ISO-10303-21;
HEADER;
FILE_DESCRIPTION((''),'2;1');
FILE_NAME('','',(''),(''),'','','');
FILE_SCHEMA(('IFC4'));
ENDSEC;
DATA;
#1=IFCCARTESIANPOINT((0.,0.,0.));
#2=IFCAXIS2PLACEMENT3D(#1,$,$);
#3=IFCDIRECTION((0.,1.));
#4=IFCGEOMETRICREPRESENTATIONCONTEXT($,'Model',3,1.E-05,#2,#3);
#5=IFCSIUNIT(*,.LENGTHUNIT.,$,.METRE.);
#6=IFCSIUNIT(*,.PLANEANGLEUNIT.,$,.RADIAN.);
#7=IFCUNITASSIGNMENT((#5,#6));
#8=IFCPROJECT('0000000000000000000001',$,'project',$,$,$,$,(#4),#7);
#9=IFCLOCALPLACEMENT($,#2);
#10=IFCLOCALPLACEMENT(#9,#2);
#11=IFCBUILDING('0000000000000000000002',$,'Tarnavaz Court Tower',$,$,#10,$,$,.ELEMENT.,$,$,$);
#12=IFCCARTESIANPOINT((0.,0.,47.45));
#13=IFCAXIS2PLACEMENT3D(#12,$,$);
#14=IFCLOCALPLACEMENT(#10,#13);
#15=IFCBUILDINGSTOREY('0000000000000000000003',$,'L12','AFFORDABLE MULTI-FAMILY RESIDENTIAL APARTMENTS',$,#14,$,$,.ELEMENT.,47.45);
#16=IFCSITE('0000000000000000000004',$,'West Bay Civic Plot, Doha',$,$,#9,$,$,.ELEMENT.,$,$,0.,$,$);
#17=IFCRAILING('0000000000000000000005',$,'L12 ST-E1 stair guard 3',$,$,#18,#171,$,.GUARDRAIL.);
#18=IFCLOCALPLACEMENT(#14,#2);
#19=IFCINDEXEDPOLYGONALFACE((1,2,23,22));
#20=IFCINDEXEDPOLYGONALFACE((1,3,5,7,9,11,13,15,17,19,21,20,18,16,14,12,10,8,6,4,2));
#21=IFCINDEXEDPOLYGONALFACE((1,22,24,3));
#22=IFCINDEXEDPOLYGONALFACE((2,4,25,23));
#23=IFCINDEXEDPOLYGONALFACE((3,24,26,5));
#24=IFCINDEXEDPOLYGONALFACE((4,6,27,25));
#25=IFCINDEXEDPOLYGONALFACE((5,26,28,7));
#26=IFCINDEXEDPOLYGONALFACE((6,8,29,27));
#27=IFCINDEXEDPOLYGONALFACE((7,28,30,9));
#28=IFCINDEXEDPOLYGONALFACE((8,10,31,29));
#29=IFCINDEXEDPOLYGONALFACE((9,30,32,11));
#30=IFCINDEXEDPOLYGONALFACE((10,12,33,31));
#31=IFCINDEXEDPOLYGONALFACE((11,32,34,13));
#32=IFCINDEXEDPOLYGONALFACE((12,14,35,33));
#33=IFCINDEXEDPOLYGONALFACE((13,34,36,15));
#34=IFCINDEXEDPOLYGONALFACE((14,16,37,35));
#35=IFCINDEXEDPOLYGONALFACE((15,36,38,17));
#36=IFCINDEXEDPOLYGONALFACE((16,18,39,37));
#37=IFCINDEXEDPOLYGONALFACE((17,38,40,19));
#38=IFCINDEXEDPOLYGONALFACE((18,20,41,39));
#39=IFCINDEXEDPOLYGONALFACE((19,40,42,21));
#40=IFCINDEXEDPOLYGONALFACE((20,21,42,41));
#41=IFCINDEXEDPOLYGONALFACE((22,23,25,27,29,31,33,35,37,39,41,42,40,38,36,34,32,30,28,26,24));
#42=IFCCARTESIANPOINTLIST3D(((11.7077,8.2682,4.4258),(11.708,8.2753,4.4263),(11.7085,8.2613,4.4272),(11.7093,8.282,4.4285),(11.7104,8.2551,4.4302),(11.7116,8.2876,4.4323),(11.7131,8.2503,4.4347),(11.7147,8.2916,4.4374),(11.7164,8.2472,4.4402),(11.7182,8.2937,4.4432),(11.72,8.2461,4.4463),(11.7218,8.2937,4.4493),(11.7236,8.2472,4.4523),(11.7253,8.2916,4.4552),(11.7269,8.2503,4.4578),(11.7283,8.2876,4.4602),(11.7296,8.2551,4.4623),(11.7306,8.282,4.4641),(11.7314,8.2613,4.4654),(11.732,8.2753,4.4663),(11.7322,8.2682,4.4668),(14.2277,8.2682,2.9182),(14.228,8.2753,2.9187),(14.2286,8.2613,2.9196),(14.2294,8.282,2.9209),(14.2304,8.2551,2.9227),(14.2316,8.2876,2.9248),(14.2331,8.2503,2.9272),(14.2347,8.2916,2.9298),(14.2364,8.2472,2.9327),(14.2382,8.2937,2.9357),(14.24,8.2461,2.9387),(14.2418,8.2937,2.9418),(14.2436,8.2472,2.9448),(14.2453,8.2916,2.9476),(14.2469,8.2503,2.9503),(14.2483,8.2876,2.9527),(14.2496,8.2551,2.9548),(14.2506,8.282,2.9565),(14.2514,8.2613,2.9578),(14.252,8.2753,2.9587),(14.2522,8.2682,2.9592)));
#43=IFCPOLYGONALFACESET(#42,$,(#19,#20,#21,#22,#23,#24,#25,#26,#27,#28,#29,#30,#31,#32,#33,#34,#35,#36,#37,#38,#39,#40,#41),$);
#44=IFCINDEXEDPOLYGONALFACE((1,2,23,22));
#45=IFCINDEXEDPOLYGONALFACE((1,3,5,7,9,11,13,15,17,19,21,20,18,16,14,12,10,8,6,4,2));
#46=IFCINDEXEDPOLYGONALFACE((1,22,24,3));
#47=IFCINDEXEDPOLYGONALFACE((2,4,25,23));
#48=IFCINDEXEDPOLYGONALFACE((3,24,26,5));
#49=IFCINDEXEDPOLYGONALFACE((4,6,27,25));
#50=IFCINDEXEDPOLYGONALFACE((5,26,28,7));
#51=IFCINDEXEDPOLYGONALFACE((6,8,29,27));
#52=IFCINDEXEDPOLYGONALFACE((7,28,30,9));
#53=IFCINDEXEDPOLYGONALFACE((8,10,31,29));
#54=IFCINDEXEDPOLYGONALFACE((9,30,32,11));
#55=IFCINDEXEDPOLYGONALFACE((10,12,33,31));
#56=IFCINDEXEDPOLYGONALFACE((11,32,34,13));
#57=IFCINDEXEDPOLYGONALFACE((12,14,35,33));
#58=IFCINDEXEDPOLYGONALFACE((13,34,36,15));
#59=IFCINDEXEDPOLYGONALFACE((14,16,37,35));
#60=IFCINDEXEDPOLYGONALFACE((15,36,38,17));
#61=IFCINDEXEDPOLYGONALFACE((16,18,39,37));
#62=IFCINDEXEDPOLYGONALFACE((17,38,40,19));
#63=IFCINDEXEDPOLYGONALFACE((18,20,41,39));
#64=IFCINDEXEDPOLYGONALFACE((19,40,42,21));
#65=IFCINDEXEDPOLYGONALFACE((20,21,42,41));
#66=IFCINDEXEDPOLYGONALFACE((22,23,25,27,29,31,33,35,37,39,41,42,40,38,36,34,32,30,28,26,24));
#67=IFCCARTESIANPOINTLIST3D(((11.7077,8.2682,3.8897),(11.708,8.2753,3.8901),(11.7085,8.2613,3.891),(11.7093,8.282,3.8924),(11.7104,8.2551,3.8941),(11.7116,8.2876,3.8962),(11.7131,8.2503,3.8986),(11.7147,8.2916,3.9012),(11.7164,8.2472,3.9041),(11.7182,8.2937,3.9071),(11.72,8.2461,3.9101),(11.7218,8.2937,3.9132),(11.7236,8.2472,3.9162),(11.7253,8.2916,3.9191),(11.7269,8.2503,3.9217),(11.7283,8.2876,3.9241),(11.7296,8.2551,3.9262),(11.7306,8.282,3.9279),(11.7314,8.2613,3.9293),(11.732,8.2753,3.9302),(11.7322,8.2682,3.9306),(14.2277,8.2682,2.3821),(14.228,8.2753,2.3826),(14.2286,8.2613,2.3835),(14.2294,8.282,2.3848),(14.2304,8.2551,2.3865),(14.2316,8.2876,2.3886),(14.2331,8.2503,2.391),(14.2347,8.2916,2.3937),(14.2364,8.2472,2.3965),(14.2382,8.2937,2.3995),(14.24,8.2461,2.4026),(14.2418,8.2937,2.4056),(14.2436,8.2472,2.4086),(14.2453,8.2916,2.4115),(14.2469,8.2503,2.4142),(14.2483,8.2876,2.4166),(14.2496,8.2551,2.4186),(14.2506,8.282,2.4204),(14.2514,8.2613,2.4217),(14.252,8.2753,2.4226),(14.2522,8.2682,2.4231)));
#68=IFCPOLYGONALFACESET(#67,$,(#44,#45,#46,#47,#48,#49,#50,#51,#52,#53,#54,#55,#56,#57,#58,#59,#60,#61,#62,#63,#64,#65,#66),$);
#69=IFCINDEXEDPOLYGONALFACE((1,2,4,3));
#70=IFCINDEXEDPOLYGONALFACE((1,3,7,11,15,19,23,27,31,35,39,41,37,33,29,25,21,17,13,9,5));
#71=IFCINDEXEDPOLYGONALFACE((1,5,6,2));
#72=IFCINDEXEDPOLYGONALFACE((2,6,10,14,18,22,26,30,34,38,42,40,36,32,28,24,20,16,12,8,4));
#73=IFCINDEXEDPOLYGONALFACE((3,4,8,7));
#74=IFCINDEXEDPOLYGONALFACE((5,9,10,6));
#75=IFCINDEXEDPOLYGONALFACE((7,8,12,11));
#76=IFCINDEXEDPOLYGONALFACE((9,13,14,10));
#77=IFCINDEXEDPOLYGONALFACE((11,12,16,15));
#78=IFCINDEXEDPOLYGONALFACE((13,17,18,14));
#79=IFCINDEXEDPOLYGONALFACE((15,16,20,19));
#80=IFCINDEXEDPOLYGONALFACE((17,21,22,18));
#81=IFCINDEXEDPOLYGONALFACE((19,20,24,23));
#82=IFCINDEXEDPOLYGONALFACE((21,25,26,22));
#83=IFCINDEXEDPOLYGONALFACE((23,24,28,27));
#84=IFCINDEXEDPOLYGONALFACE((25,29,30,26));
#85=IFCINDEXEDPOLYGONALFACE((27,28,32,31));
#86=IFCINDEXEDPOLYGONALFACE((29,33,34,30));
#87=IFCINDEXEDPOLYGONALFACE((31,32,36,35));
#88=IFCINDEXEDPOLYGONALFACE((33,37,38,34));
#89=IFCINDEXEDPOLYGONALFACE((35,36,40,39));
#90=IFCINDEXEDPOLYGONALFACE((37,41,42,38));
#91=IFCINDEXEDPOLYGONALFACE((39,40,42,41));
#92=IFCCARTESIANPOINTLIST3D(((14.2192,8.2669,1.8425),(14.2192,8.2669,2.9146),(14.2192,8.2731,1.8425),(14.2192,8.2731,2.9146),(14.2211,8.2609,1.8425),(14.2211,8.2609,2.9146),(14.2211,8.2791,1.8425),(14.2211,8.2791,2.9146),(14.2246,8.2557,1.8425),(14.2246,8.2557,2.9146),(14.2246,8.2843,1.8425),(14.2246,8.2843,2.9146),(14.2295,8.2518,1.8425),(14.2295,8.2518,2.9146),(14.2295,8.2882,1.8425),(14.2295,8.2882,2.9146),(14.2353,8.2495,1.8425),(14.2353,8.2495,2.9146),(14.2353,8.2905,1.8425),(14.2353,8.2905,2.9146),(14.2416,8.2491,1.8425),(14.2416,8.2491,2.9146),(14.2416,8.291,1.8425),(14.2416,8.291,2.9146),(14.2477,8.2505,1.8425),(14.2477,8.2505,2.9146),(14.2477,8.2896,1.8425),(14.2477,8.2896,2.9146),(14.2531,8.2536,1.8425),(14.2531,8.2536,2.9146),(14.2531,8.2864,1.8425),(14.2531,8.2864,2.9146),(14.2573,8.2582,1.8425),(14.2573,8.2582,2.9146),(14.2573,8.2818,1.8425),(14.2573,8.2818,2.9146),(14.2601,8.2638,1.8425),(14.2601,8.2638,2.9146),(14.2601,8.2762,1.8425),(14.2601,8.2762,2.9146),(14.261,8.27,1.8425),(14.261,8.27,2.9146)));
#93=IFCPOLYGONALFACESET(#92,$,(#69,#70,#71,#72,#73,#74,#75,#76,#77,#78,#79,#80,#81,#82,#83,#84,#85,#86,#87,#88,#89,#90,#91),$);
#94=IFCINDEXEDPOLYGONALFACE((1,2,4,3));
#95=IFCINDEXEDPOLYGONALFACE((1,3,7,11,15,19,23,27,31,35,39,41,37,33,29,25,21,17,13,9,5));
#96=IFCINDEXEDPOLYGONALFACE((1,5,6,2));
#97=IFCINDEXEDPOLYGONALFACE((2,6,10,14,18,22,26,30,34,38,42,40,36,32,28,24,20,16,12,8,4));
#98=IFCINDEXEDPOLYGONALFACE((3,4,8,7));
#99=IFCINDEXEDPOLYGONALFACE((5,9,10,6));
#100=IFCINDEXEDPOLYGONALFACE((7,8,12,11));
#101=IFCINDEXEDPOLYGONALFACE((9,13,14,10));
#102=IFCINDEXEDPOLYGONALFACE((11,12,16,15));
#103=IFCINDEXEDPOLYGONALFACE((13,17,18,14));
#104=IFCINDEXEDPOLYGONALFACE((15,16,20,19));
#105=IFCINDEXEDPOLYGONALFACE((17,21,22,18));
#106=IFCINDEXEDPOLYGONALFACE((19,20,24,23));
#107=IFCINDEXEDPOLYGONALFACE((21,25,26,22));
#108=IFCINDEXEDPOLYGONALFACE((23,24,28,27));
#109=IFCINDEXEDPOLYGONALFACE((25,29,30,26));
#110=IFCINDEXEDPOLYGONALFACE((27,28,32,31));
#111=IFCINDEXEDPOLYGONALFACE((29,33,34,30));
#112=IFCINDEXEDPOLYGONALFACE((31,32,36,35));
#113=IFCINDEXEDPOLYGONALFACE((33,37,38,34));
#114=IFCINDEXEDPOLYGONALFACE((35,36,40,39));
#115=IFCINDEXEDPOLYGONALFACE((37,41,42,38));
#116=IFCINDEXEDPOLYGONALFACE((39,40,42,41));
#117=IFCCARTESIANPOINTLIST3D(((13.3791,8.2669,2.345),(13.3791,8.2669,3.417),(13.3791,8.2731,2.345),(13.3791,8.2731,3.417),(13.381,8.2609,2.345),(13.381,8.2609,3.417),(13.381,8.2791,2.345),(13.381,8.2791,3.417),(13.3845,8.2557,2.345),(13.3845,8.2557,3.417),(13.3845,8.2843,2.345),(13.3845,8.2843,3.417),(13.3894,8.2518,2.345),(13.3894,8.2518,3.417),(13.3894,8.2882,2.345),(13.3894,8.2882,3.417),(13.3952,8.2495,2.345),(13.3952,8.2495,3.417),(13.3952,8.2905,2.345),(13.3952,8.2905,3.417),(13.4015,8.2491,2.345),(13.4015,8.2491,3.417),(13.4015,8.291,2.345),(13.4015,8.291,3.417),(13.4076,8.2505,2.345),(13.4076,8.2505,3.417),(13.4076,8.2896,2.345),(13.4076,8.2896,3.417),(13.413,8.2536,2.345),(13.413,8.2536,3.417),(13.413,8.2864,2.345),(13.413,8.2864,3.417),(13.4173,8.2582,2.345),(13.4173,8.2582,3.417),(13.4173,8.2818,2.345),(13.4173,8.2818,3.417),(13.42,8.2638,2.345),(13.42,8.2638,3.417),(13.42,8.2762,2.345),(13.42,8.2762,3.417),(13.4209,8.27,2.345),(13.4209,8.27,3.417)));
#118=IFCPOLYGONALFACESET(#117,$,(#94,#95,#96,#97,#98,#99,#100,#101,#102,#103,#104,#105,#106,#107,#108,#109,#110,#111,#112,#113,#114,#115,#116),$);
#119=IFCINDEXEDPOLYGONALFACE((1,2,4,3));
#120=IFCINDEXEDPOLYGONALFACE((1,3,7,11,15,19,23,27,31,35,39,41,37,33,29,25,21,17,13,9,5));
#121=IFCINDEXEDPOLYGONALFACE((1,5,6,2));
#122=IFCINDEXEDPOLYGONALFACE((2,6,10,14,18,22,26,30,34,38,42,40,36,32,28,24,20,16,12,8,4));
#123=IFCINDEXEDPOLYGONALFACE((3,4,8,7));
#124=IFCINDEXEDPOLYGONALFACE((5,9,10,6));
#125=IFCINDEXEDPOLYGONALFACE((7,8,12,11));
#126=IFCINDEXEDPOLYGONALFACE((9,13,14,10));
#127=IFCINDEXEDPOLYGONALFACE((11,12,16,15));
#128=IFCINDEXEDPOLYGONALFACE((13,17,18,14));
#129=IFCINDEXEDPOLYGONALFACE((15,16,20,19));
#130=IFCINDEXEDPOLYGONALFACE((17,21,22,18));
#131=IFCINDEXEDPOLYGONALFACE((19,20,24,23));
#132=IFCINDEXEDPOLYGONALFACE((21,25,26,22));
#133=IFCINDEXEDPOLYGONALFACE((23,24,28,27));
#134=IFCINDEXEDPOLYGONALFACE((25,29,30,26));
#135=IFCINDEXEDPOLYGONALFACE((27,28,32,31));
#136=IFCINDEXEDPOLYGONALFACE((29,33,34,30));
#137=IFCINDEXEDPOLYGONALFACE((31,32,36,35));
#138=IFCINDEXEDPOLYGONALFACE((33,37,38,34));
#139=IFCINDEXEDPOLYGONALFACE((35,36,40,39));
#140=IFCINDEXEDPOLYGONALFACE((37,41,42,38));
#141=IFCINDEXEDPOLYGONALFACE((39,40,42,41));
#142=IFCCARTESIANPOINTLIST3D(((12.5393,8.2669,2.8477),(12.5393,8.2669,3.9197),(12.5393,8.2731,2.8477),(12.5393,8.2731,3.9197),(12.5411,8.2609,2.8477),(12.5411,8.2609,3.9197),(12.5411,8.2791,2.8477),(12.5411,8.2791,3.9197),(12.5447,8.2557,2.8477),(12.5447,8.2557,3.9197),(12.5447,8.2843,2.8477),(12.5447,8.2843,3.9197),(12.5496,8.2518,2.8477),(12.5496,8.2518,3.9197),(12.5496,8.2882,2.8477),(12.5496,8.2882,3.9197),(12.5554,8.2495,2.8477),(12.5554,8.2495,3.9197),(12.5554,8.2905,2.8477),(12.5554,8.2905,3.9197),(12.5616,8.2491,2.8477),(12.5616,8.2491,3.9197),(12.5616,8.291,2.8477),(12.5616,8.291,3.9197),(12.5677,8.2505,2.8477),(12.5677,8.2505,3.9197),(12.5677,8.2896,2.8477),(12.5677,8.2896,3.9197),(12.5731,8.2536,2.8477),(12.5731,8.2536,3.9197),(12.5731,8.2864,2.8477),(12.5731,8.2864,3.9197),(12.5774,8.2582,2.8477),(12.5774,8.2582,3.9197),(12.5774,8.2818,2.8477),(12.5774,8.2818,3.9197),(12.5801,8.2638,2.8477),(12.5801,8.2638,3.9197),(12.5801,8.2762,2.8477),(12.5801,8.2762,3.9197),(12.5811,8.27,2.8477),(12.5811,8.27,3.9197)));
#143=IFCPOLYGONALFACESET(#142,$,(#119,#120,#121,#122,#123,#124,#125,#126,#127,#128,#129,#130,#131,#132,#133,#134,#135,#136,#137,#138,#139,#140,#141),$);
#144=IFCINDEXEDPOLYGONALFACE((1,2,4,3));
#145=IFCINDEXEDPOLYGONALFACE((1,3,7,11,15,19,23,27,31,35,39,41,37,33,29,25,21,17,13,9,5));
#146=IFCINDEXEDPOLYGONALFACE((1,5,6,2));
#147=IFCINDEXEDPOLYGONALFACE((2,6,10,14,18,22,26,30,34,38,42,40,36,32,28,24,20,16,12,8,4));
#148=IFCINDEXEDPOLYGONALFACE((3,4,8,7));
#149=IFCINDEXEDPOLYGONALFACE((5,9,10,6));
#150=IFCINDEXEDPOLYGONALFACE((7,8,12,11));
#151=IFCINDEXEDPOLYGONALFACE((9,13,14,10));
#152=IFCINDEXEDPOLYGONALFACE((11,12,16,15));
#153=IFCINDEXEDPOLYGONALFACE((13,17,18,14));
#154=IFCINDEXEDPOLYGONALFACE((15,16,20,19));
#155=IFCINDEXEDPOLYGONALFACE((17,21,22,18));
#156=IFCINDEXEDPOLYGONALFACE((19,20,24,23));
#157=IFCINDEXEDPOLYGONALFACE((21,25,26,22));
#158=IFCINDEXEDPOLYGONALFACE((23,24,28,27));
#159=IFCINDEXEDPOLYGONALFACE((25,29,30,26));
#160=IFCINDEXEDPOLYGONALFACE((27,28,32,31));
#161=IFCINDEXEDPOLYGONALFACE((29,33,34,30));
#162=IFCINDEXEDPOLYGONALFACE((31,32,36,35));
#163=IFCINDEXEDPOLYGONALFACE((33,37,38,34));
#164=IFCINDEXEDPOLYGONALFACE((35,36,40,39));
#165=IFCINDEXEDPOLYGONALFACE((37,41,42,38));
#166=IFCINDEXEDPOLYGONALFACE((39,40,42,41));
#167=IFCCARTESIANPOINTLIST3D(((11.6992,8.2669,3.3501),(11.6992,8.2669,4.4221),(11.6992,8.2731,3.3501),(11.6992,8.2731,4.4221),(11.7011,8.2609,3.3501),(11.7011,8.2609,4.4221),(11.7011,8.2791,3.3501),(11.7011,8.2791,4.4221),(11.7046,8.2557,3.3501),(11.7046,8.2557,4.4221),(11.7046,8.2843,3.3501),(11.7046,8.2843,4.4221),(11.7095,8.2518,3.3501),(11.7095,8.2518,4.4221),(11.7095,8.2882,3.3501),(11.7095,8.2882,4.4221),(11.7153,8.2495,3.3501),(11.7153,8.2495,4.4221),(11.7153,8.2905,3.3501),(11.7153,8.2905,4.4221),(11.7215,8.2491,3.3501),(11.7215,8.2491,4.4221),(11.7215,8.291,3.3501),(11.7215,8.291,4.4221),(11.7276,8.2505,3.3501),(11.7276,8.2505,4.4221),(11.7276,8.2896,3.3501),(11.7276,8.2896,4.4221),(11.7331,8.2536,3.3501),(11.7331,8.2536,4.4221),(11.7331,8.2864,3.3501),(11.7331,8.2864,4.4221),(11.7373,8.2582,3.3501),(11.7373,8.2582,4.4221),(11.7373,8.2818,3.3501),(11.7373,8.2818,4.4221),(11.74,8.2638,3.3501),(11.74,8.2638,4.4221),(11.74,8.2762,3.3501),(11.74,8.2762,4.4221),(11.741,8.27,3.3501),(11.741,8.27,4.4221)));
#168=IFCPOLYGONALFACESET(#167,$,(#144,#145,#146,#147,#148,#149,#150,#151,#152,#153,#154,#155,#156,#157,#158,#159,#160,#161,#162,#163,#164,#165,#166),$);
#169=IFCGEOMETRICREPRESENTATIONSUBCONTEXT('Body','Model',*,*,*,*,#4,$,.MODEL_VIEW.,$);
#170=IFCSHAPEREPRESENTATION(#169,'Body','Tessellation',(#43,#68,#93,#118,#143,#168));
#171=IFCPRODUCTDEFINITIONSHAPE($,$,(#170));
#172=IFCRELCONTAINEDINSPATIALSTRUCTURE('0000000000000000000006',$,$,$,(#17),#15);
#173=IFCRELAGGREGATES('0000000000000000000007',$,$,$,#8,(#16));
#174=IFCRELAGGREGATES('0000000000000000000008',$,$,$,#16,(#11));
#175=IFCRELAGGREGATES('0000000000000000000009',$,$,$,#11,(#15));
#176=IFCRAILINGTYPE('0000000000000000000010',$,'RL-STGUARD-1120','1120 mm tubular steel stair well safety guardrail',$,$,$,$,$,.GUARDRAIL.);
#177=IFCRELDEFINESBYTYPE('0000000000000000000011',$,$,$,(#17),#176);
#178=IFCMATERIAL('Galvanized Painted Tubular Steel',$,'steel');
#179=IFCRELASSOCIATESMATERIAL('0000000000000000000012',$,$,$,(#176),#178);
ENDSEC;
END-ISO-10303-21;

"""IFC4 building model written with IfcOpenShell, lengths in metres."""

from ifc_helpers import new_model, si_unit, direction, frame, origin, origin_2d, place, context, subcontext, project, spatial, circle, extrude, material, type_object, element, save


model = new_model("IFC4")

# Units and contexts
model_context = context("Model", 3, precision=1e-05, world=origin(), true_north=direction((0.0, 1.0)))
body_context = subcontext(model_context, "Body", "Model", "MODEL_VIEW")
ifc_project = project(units=[si_unit("LENGTHUNIT", "METRE"), si_unit("PLANEANGLEUNIT", "RADIAN")], contexts=[model_context])

# Site, building, storey
site_placement = place(None, origin())
site = spatial("IfcSite", under=ifc_project, at=site_placement, Name="West Bay Civic Plot, Doha", CompositionType="ELEMENT", RefElevation=0.0)
building_placement = place(site_placement, origin())
building = spatial("IfcBuilding", under=site, at=building_placement, Name="Tarnavaz Court Tower", CompositionType="ELEMENT")
storey_placement = place(building_placement, frame((0.0, 0.0, 47.45)))
storey = spatial("IfcBuildingStorey", under=building, at=storey_placement, Name="L12", Description="AFFORDABLE MULTI-FAMILY RESIDENTIAL APARTMENTS", CompositionType="ELEMENT", Elevation=47.45)

# Railing
ifc_material_1 = material(Name="Galvanized Painted Tubular Steel", Category="steel")
railing_type_1 = type_object("IfcRailingType", Name="RL-STGUARD-1120", Description="1120 mm tubular steel stair well safety guardrail", PredefinedType="GUARDRAIL", material=ifc_material_1)
railing_1_placement = place(storey_placement, frame((14.24, 8.27, 1.8425)))
element("IfcRailing", 1, at=railing_1_placement, inside=storey, type_object=railing_type_1, Name="L12 ST-E1 stair guard 3", PredefinedType="GUARDRAIL", context=body_context, shape_type="SweptSolid", body=[
    extrude(circle(Radius=0.0239, at=origin_2d()), frame((0.0, 0.0, 1.0962), z_axis=(-0.85816, 0.0, 0.513383), x_axis=(0.0, -1.0, 0.0)), (0.0, 0.0, 1.0), 2.9365),
    extrude(circle(Radius=0.0239, at=origin_2d()), frame((0.0, 0.0, 0.5601), z_axis=(-0.85816, 0.0, 0.513383), x_axis=(0.0, -1.0, 0.0)), (0.0, 0.0, 1.0), 2.9365),
    extrude(circle(Radius=0.021, at=origin_2d()), origin(), (0.0, 0.0, 1.0), 1.072),
    extrude(circle(Radius=0.021, at=origin_2d()), frame((-0.8401, 0.0, 0.5024)), (0.0, 0.0, 1.0), 1.072),
    extrude(circle(Radius=0.021, at=origin_2d()), frame((-1.6799, 0.0, 1.0051)), (0.0, 0.0, 1.0), 1.072),
    extrude(circle(Radius=0.021, at=origin_2d()), frame((-2.52, 0.0, 1.5076)), (0.0, 0.0, 1.0), 1.072),
])

save(model, "model.ifc")
